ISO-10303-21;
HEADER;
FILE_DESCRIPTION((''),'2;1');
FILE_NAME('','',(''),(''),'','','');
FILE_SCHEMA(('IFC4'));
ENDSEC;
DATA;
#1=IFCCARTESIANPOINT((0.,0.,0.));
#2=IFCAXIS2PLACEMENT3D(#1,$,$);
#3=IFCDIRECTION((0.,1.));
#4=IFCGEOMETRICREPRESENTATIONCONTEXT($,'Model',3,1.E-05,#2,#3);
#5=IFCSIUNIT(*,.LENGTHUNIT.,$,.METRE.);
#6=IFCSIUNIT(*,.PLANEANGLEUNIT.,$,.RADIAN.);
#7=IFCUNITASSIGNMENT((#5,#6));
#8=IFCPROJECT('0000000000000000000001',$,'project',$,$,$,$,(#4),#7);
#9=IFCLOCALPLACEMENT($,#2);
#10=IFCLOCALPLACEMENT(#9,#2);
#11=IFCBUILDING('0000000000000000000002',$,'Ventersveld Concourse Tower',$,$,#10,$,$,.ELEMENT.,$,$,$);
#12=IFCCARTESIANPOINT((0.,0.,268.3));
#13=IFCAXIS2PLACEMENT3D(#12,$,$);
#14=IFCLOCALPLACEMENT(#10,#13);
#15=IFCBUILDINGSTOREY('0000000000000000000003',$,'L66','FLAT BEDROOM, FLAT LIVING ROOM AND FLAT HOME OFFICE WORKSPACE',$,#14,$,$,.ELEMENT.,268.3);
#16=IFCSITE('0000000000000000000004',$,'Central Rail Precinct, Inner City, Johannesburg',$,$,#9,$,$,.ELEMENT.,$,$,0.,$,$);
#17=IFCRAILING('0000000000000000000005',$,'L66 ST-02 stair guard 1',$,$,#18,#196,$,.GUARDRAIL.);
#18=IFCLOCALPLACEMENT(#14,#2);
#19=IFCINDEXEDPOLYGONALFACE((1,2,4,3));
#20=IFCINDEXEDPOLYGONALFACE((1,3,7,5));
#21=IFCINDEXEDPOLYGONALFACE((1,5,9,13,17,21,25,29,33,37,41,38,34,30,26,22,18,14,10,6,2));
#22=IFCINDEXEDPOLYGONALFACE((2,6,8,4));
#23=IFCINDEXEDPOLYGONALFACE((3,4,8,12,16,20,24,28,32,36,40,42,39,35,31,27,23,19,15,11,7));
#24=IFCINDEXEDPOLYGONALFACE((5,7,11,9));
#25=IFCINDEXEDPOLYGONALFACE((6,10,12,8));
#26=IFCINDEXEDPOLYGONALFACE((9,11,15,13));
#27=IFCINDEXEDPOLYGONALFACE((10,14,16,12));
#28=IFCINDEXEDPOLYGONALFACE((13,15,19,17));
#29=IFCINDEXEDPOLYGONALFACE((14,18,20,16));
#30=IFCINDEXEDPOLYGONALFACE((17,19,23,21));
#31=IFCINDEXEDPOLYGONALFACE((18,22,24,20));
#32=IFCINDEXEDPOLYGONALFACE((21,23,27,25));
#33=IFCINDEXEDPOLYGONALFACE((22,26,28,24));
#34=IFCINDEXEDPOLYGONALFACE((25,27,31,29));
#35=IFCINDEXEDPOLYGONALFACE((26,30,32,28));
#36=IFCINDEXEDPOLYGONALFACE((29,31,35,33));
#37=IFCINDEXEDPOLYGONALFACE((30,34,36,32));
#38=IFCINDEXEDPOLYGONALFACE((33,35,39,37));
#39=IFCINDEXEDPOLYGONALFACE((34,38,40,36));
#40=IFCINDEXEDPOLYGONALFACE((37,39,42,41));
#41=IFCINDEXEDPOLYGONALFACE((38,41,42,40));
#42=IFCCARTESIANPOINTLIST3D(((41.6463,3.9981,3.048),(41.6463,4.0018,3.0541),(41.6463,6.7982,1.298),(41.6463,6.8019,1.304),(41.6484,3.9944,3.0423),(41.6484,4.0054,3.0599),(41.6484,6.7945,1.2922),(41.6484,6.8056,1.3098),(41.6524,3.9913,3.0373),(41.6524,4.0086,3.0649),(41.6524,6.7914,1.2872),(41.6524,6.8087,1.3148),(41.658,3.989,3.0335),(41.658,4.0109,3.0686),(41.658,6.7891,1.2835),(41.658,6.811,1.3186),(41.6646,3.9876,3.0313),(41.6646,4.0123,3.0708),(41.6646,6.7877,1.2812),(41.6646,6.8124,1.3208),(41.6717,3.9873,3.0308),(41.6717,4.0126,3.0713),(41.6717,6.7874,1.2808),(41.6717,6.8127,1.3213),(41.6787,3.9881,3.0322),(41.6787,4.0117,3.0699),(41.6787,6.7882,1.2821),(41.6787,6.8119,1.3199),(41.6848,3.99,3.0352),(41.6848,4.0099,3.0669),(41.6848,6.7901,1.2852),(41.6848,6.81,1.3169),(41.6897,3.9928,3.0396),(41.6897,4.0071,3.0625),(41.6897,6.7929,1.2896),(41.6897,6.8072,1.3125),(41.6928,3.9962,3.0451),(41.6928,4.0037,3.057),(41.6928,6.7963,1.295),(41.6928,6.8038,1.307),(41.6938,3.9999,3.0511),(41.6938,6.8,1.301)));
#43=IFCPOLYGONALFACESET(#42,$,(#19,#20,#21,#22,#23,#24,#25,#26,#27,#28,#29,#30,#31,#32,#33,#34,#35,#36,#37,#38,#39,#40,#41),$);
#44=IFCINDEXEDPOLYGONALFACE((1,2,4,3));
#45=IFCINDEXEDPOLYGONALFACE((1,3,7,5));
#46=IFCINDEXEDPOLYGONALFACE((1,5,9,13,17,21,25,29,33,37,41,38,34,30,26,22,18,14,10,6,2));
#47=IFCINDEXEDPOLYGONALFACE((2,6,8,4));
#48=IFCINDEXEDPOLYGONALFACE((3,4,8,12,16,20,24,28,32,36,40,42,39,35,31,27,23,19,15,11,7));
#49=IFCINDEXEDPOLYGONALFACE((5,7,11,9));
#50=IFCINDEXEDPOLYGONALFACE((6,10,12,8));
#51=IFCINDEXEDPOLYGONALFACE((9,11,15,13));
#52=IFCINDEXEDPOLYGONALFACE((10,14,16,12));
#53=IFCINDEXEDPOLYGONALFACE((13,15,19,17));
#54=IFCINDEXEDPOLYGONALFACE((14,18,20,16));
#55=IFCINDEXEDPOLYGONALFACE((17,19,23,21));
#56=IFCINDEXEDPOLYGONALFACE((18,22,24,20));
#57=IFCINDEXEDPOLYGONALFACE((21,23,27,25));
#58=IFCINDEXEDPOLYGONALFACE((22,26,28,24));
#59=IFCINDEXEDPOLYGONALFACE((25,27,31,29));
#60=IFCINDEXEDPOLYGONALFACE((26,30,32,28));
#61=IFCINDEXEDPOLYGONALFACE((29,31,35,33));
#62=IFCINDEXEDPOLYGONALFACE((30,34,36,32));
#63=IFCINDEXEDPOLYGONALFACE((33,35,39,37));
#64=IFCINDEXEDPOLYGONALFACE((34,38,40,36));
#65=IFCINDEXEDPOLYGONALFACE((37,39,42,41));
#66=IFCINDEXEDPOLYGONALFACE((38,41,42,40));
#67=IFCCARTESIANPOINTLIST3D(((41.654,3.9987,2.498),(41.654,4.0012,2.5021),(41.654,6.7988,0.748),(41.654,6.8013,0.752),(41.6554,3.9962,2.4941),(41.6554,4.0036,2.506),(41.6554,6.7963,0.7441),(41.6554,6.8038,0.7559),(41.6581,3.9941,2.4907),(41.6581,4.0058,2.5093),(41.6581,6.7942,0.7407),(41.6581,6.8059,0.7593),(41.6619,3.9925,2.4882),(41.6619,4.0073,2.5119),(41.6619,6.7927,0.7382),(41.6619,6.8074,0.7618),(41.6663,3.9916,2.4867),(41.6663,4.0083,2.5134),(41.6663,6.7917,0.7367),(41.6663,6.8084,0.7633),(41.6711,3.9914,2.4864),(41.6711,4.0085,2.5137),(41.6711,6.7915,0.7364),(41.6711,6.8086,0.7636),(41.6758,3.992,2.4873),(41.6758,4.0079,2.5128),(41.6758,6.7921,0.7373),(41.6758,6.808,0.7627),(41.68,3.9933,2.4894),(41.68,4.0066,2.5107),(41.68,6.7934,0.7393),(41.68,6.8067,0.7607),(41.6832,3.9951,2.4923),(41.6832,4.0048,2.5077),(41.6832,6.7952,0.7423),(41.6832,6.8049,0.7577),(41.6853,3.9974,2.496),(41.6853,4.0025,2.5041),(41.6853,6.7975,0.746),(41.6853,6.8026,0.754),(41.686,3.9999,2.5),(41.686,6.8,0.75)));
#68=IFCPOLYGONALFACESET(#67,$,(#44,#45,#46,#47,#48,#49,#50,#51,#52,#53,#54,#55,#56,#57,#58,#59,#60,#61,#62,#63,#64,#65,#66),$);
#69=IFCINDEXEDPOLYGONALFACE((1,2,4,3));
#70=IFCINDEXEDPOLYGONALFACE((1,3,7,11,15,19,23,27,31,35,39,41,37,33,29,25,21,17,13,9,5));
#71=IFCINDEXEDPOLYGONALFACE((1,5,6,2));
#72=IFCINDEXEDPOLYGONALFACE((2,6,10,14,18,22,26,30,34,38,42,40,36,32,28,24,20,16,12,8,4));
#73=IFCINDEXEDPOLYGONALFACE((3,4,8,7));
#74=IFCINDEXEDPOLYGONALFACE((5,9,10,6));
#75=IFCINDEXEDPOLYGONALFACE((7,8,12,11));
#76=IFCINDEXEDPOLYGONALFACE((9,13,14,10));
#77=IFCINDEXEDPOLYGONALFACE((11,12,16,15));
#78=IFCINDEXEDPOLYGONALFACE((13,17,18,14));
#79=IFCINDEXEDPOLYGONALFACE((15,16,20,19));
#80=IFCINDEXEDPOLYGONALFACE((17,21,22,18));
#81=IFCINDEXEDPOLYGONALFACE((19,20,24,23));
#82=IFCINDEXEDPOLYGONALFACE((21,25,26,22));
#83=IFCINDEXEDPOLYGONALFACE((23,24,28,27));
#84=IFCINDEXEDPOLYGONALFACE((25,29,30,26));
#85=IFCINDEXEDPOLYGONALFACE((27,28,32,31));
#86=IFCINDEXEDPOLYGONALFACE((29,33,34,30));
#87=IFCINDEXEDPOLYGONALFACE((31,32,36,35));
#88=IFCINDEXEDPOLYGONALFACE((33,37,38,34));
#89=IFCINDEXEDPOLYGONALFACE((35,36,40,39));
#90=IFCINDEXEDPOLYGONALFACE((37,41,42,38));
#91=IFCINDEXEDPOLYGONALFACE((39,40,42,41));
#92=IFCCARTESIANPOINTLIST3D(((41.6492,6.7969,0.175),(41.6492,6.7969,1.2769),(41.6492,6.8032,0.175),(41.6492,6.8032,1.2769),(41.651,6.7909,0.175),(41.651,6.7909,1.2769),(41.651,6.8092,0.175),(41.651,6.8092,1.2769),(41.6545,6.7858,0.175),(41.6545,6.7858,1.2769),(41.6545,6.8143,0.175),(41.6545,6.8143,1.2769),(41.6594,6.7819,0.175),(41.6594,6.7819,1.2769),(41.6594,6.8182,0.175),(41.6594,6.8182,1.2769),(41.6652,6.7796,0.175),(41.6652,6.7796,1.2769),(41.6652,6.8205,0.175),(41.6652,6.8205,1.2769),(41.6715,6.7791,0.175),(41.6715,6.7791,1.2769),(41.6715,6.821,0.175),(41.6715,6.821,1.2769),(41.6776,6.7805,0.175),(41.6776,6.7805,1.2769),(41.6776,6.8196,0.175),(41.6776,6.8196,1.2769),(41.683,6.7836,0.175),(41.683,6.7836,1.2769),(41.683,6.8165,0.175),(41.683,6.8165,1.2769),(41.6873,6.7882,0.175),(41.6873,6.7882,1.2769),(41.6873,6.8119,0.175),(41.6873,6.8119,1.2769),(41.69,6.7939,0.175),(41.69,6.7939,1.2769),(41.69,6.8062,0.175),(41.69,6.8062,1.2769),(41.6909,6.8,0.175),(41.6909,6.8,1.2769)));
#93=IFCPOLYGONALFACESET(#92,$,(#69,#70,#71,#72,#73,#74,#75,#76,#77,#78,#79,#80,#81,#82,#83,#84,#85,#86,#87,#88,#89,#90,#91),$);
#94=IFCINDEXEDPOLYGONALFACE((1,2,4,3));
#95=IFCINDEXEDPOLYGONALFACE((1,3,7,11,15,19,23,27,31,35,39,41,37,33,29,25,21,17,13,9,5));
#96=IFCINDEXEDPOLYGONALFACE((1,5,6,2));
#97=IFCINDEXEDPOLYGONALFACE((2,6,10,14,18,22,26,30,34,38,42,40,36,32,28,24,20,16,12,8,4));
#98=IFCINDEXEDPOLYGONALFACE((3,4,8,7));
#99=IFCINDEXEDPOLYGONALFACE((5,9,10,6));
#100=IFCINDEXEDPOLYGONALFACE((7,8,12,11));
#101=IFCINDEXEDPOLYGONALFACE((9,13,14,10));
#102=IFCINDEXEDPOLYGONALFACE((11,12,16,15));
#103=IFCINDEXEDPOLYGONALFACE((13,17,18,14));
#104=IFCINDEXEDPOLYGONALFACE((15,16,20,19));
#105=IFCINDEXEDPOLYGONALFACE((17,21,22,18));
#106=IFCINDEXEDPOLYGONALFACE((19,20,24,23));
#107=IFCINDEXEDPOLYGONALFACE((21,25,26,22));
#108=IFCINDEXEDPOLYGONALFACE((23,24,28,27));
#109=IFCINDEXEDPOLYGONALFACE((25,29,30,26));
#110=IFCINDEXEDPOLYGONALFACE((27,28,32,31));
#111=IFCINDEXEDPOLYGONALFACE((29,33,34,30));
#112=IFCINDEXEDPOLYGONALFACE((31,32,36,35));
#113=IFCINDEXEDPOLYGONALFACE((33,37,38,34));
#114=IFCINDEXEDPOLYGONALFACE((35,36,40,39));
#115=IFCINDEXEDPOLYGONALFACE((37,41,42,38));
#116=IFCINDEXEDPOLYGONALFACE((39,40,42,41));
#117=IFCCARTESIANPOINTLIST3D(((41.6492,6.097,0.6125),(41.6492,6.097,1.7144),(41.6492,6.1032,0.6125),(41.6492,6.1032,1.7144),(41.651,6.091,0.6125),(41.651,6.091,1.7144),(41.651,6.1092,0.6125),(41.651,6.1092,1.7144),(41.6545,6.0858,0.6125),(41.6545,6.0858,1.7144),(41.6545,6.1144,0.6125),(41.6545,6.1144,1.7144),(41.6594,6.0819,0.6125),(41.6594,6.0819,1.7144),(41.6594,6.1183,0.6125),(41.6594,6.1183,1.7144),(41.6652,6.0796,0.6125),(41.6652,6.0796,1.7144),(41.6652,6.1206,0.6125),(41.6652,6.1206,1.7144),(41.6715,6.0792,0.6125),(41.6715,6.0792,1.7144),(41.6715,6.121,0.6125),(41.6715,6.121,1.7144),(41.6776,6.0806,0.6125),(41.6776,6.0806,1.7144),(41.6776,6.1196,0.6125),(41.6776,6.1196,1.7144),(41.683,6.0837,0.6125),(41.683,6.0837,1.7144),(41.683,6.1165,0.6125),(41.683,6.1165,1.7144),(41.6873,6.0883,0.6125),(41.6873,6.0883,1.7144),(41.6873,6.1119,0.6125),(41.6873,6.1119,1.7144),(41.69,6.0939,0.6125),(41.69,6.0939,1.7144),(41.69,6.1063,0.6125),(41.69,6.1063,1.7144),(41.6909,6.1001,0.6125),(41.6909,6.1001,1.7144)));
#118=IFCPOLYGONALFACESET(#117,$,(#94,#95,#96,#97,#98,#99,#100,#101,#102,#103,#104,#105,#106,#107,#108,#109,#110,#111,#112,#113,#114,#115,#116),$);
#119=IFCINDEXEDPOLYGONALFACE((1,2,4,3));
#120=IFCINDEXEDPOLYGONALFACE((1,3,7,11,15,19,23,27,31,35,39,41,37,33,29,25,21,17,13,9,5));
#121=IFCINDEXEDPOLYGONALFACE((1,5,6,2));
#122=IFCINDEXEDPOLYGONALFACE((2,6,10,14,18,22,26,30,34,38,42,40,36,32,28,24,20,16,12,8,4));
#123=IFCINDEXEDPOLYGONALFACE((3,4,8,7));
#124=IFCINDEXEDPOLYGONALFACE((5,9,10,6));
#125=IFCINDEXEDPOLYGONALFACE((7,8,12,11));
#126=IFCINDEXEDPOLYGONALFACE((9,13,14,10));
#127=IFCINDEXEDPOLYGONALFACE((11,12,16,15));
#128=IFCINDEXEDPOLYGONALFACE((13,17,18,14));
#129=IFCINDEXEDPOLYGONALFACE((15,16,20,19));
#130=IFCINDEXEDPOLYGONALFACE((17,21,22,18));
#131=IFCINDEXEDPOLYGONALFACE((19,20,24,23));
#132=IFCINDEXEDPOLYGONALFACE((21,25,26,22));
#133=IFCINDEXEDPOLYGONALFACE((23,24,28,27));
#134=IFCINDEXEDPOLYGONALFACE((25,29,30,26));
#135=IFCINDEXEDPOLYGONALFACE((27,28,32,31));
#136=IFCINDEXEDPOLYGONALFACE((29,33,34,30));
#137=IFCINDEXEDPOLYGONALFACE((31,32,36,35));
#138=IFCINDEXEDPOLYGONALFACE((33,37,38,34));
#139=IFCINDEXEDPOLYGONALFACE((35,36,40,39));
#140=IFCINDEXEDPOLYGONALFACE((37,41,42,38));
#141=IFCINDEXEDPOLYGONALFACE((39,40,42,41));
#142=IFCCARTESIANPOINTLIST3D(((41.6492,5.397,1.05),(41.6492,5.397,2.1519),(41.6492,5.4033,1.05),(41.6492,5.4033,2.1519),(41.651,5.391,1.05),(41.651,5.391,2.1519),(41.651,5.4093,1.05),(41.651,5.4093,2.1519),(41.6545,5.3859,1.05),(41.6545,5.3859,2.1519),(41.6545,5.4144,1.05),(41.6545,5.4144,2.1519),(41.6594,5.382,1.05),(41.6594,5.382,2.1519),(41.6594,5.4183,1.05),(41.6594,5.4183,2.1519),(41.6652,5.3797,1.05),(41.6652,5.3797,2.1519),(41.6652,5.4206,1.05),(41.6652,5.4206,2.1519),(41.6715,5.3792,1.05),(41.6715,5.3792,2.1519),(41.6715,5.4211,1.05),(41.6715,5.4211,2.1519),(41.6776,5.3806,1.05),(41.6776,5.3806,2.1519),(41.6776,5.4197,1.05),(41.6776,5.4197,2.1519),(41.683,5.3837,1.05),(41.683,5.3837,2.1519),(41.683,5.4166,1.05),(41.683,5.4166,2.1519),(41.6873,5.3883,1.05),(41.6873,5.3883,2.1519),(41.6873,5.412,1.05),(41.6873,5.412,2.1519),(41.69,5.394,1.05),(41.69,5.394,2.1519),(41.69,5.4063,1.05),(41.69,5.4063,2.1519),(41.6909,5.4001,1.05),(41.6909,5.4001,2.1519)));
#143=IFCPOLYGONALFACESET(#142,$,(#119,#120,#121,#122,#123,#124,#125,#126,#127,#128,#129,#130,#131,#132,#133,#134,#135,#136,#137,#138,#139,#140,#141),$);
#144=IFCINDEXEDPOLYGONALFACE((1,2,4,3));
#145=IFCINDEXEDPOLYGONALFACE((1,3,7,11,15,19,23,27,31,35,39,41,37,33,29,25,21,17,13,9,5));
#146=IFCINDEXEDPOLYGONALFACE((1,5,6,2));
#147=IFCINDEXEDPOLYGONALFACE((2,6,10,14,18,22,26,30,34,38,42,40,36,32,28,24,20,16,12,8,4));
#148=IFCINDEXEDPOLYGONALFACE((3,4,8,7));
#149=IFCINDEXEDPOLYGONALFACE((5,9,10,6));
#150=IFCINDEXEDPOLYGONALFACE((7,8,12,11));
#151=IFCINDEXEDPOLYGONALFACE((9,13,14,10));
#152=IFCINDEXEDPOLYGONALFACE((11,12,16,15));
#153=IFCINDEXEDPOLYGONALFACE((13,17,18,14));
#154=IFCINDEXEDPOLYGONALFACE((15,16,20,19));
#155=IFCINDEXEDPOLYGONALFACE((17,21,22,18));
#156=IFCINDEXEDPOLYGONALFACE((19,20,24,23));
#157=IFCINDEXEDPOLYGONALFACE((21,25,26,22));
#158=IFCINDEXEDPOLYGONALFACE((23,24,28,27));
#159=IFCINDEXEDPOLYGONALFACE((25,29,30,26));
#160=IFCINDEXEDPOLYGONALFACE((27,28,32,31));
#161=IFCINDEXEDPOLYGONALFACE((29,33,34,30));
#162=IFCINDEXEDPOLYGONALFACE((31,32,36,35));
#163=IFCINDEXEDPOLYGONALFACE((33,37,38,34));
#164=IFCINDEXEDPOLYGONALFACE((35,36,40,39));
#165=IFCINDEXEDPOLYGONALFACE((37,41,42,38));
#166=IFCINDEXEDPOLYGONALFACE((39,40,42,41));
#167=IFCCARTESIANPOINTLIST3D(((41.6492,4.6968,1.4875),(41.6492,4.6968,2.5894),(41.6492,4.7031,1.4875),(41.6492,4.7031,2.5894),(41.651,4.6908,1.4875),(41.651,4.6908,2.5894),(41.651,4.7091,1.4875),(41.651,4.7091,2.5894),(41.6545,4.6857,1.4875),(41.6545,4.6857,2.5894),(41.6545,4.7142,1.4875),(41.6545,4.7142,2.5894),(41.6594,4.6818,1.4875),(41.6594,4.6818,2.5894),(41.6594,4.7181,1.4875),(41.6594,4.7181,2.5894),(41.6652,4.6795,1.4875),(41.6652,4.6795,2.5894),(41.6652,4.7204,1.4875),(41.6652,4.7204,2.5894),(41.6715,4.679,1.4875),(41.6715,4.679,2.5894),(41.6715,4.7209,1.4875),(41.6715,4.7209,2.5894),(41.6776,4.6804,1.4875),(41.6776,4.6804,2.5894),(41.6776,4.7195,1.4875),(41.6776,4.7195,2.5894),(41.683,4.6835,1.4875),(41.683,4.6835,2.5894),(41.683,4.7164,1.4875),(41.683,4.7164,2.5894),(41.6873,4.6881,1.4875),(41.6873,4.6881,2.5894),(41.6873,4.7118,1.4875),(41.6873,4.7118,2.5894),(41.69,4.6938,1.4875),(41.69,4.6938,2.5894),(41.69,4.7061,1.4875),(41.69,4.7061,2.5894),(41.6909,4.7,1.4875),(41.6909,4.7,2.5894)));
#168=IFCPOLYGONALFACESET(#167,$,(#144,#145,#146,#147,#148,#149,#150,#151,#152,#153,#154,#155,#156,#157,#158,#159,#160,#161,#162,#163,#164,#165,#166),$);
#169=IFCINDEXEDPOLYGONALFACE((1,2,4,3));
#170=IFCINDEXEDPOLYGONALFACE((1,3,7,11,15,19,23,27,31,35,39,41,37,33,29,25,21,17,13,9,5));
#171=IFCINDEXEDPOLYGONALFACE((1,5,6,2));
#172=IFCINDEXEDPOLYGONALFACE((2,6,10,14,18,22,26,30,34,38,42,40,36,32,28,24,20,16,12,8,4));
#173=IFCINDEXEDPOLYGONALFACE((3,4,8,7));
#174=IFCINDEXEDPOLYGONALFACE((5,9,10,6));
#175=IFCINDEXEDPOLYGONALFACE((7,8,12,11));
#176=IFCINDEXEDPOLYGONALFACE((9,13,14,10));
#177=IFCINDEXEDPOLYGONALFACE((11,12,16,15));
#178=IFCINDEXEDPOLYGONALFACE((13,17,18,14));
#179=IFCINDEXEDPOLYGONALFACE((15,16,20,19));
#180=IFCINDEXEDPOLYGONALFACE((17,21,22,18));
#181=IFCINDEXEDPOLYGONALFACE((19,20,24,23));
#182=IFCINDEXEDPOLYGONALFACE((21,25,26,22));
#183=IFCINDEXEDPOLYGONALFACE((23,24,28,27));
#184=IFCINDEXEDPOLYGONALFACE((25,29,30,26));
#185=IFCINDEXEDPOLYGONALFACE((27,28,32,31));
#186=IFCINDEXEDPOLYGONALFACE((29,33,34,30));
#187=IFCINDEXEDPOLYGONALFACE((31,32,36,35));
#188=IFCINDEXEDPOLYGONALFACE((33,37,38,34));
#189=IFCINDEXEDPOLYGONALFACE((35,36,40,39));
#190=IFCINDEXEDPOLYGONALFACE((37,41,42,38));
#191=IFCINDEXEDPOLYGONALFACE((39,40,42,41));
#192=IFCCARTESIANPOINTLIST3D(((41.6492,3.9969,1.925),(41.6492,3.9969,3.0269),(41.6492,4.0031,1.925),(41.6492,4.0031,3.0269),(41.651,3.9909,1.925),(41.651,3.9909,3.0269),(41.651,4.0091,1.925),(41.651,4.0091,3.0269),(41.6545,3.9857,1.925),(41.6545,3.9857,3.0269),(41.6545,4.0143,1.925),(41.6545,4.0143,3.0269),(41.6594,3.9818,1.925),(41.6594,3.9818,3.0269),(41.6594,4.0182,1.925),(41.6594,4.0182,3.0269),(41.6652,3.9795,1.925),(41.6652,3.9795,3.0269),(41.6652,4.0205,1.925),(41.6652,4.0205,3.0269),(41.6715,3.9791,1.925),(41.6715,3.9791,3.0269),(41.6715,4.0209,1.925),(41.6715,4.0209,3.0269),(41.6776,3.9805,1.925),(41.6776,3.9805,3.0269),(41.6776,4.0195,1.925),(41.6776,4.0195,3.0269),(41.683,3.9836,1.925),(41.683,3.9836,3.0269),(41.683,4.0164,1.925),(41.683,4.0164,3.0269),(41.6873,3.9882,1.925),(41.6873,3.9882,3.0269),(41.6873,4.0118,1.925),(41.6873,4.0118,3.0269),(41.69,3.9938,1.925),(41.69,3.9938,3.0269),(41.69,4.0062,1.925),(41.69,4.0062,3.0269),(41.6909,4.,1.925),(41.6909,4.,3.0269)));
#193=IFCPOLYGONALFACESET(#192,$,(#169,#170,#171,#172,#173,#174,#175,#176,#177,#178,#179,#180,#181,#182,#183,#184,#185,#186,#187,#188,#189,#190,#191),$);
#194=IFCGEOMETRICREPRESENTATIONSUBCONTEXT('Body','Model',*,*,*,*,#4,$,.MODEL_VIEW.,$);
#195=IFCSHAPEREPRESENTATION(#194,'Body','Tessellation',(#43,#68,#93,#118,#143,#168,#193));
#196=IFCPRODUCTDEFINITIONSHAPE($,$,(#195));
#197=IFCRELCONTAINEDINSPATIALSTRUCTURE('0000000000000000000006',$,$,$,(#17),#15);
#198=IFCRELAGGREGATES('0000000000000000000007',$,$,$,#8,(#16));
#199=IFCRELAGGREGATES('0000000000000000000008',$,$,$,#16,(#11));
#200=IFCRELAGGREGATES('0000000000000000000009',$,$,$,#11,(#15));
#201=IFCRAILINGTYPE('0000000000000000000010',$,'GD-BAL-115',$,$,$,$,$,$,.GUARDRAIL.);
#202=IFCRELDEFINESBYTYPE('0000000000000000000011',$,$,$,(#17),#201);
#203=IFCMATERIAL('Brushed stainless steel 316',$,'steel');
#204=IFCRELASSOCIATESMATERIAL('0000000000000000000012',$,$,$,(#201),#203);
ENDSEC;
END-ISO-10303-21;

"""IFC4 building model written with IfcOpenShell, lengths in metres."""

from ifc_helpers import new_model, si_unit, direction, frame, origin, origin_2d, place, context, subcontext, project, spatial, circle, extrude, material, type_object, element, save


model = new_model("IFC4")

# Units and contexts
model_context = context("Model", 3, precision=1e-05, world=origin(), true_north=direction((0.0, 1.0)))
body_context = subcontext(model_context, "Body", "Model", "MODEL_VIEW")
ifc_project = project(units=[si_unit("LENGTHUNIT", "METRE"), si_unit("PLANEANGLEUNIT", "RADIAN")], contexts=[model_context])

# Site, building, storey
site_placement = place(None, origin())
site = spatial("IfcSite", under=ifc_project, at=site_placement, Name="Central Rail Precinct, Inner City, Johannesburg", CompositionType="ELEMENT", RefElevation=0.0)
building_placement = place(site_placement, origin())
building = spatial("IfcBuilding", under=site, at=building_placement, Name="Ventersveld Concourse Tower", CompositionType="ELEMENT")
storey_placement = place(building_placement, frame((0.0, 0.0, 268.3)))
storey = spatial("IfcBuildingStorey", under=building, at=storey_placement, Name="L66", Description="FLAT BEDROOM, FLAT LIVING ROOM AND FLAT HOME OFFICE WORKSPACE", CompositionType="ELEMENT", Elevation=268.3)

# Shared definitions
ifc_material_1 = material(Name="Brushed stainless steel 316", Category="steel")

# Railing
railing_type_1 = type_object("IfcRailingType", Name="GD-BAL-115", PredefinedType="GUARDRAIL", material=ifc_material_1)
railing_1_placement = place(storey_placement, frame((41.6699, 6.8, 0.175)))
element("IfcRailing", 1, at=railing_1_placement, inside=storey, type_object=railing_type_1, Name="L66 ST-02 stair guard 1", PredefinedType="GUARDRAIL", context=body_context, shape_type="SweptSolid", body=[
    extrude(circle(Radius=0.0239, at=origin_2d()), frame((0.0, 0.0, 1.126), z_axis=(0.0, -0.848002, 0.529992), x_axis=(1.0, 0.0, 0.0)), (0.0, 0.0, 1.0), 3.302),
    extrude(circle(Radius=0.0161, at=origin_2d()), frame((0.0, 0.0, 0.575), z_axis=(0.0, -0.848002, 0.529992), x_axis=(1.0, 0.0, 0.0)), (0.0, 0.0, 1.0), 3.302),
    extrude(circle(Radius=0.021, at=origin_2d()), origin(), (0.0, 0.0, 1.0), 1.1018),
    extrude(circle(Radius=0.021, at=origin_2d()), frame((0.0, -0.7, 0.4375)), (0.0, 0.0, 1.0), 1.1018),
    extrude(circle(Radius=0.021, at=origin_2d()), frame((0.0, -1.3999, 0.875)), (0.0, 0.0, 1.0), 1.1018),
    extrude(circle(Radius=0.021, at=origin_2d()), frame((0.0, -2.1001, 1.3125)), (0.0, 0.0, 1.0), 1.1018),
    extrude(circle(Radius=0.021, at=origin_2d()), frame((0.0, -2.8, 1.75)), (0.0, 0.0, 1.0), 1.1018),
])

save(model, "model.ifc")
